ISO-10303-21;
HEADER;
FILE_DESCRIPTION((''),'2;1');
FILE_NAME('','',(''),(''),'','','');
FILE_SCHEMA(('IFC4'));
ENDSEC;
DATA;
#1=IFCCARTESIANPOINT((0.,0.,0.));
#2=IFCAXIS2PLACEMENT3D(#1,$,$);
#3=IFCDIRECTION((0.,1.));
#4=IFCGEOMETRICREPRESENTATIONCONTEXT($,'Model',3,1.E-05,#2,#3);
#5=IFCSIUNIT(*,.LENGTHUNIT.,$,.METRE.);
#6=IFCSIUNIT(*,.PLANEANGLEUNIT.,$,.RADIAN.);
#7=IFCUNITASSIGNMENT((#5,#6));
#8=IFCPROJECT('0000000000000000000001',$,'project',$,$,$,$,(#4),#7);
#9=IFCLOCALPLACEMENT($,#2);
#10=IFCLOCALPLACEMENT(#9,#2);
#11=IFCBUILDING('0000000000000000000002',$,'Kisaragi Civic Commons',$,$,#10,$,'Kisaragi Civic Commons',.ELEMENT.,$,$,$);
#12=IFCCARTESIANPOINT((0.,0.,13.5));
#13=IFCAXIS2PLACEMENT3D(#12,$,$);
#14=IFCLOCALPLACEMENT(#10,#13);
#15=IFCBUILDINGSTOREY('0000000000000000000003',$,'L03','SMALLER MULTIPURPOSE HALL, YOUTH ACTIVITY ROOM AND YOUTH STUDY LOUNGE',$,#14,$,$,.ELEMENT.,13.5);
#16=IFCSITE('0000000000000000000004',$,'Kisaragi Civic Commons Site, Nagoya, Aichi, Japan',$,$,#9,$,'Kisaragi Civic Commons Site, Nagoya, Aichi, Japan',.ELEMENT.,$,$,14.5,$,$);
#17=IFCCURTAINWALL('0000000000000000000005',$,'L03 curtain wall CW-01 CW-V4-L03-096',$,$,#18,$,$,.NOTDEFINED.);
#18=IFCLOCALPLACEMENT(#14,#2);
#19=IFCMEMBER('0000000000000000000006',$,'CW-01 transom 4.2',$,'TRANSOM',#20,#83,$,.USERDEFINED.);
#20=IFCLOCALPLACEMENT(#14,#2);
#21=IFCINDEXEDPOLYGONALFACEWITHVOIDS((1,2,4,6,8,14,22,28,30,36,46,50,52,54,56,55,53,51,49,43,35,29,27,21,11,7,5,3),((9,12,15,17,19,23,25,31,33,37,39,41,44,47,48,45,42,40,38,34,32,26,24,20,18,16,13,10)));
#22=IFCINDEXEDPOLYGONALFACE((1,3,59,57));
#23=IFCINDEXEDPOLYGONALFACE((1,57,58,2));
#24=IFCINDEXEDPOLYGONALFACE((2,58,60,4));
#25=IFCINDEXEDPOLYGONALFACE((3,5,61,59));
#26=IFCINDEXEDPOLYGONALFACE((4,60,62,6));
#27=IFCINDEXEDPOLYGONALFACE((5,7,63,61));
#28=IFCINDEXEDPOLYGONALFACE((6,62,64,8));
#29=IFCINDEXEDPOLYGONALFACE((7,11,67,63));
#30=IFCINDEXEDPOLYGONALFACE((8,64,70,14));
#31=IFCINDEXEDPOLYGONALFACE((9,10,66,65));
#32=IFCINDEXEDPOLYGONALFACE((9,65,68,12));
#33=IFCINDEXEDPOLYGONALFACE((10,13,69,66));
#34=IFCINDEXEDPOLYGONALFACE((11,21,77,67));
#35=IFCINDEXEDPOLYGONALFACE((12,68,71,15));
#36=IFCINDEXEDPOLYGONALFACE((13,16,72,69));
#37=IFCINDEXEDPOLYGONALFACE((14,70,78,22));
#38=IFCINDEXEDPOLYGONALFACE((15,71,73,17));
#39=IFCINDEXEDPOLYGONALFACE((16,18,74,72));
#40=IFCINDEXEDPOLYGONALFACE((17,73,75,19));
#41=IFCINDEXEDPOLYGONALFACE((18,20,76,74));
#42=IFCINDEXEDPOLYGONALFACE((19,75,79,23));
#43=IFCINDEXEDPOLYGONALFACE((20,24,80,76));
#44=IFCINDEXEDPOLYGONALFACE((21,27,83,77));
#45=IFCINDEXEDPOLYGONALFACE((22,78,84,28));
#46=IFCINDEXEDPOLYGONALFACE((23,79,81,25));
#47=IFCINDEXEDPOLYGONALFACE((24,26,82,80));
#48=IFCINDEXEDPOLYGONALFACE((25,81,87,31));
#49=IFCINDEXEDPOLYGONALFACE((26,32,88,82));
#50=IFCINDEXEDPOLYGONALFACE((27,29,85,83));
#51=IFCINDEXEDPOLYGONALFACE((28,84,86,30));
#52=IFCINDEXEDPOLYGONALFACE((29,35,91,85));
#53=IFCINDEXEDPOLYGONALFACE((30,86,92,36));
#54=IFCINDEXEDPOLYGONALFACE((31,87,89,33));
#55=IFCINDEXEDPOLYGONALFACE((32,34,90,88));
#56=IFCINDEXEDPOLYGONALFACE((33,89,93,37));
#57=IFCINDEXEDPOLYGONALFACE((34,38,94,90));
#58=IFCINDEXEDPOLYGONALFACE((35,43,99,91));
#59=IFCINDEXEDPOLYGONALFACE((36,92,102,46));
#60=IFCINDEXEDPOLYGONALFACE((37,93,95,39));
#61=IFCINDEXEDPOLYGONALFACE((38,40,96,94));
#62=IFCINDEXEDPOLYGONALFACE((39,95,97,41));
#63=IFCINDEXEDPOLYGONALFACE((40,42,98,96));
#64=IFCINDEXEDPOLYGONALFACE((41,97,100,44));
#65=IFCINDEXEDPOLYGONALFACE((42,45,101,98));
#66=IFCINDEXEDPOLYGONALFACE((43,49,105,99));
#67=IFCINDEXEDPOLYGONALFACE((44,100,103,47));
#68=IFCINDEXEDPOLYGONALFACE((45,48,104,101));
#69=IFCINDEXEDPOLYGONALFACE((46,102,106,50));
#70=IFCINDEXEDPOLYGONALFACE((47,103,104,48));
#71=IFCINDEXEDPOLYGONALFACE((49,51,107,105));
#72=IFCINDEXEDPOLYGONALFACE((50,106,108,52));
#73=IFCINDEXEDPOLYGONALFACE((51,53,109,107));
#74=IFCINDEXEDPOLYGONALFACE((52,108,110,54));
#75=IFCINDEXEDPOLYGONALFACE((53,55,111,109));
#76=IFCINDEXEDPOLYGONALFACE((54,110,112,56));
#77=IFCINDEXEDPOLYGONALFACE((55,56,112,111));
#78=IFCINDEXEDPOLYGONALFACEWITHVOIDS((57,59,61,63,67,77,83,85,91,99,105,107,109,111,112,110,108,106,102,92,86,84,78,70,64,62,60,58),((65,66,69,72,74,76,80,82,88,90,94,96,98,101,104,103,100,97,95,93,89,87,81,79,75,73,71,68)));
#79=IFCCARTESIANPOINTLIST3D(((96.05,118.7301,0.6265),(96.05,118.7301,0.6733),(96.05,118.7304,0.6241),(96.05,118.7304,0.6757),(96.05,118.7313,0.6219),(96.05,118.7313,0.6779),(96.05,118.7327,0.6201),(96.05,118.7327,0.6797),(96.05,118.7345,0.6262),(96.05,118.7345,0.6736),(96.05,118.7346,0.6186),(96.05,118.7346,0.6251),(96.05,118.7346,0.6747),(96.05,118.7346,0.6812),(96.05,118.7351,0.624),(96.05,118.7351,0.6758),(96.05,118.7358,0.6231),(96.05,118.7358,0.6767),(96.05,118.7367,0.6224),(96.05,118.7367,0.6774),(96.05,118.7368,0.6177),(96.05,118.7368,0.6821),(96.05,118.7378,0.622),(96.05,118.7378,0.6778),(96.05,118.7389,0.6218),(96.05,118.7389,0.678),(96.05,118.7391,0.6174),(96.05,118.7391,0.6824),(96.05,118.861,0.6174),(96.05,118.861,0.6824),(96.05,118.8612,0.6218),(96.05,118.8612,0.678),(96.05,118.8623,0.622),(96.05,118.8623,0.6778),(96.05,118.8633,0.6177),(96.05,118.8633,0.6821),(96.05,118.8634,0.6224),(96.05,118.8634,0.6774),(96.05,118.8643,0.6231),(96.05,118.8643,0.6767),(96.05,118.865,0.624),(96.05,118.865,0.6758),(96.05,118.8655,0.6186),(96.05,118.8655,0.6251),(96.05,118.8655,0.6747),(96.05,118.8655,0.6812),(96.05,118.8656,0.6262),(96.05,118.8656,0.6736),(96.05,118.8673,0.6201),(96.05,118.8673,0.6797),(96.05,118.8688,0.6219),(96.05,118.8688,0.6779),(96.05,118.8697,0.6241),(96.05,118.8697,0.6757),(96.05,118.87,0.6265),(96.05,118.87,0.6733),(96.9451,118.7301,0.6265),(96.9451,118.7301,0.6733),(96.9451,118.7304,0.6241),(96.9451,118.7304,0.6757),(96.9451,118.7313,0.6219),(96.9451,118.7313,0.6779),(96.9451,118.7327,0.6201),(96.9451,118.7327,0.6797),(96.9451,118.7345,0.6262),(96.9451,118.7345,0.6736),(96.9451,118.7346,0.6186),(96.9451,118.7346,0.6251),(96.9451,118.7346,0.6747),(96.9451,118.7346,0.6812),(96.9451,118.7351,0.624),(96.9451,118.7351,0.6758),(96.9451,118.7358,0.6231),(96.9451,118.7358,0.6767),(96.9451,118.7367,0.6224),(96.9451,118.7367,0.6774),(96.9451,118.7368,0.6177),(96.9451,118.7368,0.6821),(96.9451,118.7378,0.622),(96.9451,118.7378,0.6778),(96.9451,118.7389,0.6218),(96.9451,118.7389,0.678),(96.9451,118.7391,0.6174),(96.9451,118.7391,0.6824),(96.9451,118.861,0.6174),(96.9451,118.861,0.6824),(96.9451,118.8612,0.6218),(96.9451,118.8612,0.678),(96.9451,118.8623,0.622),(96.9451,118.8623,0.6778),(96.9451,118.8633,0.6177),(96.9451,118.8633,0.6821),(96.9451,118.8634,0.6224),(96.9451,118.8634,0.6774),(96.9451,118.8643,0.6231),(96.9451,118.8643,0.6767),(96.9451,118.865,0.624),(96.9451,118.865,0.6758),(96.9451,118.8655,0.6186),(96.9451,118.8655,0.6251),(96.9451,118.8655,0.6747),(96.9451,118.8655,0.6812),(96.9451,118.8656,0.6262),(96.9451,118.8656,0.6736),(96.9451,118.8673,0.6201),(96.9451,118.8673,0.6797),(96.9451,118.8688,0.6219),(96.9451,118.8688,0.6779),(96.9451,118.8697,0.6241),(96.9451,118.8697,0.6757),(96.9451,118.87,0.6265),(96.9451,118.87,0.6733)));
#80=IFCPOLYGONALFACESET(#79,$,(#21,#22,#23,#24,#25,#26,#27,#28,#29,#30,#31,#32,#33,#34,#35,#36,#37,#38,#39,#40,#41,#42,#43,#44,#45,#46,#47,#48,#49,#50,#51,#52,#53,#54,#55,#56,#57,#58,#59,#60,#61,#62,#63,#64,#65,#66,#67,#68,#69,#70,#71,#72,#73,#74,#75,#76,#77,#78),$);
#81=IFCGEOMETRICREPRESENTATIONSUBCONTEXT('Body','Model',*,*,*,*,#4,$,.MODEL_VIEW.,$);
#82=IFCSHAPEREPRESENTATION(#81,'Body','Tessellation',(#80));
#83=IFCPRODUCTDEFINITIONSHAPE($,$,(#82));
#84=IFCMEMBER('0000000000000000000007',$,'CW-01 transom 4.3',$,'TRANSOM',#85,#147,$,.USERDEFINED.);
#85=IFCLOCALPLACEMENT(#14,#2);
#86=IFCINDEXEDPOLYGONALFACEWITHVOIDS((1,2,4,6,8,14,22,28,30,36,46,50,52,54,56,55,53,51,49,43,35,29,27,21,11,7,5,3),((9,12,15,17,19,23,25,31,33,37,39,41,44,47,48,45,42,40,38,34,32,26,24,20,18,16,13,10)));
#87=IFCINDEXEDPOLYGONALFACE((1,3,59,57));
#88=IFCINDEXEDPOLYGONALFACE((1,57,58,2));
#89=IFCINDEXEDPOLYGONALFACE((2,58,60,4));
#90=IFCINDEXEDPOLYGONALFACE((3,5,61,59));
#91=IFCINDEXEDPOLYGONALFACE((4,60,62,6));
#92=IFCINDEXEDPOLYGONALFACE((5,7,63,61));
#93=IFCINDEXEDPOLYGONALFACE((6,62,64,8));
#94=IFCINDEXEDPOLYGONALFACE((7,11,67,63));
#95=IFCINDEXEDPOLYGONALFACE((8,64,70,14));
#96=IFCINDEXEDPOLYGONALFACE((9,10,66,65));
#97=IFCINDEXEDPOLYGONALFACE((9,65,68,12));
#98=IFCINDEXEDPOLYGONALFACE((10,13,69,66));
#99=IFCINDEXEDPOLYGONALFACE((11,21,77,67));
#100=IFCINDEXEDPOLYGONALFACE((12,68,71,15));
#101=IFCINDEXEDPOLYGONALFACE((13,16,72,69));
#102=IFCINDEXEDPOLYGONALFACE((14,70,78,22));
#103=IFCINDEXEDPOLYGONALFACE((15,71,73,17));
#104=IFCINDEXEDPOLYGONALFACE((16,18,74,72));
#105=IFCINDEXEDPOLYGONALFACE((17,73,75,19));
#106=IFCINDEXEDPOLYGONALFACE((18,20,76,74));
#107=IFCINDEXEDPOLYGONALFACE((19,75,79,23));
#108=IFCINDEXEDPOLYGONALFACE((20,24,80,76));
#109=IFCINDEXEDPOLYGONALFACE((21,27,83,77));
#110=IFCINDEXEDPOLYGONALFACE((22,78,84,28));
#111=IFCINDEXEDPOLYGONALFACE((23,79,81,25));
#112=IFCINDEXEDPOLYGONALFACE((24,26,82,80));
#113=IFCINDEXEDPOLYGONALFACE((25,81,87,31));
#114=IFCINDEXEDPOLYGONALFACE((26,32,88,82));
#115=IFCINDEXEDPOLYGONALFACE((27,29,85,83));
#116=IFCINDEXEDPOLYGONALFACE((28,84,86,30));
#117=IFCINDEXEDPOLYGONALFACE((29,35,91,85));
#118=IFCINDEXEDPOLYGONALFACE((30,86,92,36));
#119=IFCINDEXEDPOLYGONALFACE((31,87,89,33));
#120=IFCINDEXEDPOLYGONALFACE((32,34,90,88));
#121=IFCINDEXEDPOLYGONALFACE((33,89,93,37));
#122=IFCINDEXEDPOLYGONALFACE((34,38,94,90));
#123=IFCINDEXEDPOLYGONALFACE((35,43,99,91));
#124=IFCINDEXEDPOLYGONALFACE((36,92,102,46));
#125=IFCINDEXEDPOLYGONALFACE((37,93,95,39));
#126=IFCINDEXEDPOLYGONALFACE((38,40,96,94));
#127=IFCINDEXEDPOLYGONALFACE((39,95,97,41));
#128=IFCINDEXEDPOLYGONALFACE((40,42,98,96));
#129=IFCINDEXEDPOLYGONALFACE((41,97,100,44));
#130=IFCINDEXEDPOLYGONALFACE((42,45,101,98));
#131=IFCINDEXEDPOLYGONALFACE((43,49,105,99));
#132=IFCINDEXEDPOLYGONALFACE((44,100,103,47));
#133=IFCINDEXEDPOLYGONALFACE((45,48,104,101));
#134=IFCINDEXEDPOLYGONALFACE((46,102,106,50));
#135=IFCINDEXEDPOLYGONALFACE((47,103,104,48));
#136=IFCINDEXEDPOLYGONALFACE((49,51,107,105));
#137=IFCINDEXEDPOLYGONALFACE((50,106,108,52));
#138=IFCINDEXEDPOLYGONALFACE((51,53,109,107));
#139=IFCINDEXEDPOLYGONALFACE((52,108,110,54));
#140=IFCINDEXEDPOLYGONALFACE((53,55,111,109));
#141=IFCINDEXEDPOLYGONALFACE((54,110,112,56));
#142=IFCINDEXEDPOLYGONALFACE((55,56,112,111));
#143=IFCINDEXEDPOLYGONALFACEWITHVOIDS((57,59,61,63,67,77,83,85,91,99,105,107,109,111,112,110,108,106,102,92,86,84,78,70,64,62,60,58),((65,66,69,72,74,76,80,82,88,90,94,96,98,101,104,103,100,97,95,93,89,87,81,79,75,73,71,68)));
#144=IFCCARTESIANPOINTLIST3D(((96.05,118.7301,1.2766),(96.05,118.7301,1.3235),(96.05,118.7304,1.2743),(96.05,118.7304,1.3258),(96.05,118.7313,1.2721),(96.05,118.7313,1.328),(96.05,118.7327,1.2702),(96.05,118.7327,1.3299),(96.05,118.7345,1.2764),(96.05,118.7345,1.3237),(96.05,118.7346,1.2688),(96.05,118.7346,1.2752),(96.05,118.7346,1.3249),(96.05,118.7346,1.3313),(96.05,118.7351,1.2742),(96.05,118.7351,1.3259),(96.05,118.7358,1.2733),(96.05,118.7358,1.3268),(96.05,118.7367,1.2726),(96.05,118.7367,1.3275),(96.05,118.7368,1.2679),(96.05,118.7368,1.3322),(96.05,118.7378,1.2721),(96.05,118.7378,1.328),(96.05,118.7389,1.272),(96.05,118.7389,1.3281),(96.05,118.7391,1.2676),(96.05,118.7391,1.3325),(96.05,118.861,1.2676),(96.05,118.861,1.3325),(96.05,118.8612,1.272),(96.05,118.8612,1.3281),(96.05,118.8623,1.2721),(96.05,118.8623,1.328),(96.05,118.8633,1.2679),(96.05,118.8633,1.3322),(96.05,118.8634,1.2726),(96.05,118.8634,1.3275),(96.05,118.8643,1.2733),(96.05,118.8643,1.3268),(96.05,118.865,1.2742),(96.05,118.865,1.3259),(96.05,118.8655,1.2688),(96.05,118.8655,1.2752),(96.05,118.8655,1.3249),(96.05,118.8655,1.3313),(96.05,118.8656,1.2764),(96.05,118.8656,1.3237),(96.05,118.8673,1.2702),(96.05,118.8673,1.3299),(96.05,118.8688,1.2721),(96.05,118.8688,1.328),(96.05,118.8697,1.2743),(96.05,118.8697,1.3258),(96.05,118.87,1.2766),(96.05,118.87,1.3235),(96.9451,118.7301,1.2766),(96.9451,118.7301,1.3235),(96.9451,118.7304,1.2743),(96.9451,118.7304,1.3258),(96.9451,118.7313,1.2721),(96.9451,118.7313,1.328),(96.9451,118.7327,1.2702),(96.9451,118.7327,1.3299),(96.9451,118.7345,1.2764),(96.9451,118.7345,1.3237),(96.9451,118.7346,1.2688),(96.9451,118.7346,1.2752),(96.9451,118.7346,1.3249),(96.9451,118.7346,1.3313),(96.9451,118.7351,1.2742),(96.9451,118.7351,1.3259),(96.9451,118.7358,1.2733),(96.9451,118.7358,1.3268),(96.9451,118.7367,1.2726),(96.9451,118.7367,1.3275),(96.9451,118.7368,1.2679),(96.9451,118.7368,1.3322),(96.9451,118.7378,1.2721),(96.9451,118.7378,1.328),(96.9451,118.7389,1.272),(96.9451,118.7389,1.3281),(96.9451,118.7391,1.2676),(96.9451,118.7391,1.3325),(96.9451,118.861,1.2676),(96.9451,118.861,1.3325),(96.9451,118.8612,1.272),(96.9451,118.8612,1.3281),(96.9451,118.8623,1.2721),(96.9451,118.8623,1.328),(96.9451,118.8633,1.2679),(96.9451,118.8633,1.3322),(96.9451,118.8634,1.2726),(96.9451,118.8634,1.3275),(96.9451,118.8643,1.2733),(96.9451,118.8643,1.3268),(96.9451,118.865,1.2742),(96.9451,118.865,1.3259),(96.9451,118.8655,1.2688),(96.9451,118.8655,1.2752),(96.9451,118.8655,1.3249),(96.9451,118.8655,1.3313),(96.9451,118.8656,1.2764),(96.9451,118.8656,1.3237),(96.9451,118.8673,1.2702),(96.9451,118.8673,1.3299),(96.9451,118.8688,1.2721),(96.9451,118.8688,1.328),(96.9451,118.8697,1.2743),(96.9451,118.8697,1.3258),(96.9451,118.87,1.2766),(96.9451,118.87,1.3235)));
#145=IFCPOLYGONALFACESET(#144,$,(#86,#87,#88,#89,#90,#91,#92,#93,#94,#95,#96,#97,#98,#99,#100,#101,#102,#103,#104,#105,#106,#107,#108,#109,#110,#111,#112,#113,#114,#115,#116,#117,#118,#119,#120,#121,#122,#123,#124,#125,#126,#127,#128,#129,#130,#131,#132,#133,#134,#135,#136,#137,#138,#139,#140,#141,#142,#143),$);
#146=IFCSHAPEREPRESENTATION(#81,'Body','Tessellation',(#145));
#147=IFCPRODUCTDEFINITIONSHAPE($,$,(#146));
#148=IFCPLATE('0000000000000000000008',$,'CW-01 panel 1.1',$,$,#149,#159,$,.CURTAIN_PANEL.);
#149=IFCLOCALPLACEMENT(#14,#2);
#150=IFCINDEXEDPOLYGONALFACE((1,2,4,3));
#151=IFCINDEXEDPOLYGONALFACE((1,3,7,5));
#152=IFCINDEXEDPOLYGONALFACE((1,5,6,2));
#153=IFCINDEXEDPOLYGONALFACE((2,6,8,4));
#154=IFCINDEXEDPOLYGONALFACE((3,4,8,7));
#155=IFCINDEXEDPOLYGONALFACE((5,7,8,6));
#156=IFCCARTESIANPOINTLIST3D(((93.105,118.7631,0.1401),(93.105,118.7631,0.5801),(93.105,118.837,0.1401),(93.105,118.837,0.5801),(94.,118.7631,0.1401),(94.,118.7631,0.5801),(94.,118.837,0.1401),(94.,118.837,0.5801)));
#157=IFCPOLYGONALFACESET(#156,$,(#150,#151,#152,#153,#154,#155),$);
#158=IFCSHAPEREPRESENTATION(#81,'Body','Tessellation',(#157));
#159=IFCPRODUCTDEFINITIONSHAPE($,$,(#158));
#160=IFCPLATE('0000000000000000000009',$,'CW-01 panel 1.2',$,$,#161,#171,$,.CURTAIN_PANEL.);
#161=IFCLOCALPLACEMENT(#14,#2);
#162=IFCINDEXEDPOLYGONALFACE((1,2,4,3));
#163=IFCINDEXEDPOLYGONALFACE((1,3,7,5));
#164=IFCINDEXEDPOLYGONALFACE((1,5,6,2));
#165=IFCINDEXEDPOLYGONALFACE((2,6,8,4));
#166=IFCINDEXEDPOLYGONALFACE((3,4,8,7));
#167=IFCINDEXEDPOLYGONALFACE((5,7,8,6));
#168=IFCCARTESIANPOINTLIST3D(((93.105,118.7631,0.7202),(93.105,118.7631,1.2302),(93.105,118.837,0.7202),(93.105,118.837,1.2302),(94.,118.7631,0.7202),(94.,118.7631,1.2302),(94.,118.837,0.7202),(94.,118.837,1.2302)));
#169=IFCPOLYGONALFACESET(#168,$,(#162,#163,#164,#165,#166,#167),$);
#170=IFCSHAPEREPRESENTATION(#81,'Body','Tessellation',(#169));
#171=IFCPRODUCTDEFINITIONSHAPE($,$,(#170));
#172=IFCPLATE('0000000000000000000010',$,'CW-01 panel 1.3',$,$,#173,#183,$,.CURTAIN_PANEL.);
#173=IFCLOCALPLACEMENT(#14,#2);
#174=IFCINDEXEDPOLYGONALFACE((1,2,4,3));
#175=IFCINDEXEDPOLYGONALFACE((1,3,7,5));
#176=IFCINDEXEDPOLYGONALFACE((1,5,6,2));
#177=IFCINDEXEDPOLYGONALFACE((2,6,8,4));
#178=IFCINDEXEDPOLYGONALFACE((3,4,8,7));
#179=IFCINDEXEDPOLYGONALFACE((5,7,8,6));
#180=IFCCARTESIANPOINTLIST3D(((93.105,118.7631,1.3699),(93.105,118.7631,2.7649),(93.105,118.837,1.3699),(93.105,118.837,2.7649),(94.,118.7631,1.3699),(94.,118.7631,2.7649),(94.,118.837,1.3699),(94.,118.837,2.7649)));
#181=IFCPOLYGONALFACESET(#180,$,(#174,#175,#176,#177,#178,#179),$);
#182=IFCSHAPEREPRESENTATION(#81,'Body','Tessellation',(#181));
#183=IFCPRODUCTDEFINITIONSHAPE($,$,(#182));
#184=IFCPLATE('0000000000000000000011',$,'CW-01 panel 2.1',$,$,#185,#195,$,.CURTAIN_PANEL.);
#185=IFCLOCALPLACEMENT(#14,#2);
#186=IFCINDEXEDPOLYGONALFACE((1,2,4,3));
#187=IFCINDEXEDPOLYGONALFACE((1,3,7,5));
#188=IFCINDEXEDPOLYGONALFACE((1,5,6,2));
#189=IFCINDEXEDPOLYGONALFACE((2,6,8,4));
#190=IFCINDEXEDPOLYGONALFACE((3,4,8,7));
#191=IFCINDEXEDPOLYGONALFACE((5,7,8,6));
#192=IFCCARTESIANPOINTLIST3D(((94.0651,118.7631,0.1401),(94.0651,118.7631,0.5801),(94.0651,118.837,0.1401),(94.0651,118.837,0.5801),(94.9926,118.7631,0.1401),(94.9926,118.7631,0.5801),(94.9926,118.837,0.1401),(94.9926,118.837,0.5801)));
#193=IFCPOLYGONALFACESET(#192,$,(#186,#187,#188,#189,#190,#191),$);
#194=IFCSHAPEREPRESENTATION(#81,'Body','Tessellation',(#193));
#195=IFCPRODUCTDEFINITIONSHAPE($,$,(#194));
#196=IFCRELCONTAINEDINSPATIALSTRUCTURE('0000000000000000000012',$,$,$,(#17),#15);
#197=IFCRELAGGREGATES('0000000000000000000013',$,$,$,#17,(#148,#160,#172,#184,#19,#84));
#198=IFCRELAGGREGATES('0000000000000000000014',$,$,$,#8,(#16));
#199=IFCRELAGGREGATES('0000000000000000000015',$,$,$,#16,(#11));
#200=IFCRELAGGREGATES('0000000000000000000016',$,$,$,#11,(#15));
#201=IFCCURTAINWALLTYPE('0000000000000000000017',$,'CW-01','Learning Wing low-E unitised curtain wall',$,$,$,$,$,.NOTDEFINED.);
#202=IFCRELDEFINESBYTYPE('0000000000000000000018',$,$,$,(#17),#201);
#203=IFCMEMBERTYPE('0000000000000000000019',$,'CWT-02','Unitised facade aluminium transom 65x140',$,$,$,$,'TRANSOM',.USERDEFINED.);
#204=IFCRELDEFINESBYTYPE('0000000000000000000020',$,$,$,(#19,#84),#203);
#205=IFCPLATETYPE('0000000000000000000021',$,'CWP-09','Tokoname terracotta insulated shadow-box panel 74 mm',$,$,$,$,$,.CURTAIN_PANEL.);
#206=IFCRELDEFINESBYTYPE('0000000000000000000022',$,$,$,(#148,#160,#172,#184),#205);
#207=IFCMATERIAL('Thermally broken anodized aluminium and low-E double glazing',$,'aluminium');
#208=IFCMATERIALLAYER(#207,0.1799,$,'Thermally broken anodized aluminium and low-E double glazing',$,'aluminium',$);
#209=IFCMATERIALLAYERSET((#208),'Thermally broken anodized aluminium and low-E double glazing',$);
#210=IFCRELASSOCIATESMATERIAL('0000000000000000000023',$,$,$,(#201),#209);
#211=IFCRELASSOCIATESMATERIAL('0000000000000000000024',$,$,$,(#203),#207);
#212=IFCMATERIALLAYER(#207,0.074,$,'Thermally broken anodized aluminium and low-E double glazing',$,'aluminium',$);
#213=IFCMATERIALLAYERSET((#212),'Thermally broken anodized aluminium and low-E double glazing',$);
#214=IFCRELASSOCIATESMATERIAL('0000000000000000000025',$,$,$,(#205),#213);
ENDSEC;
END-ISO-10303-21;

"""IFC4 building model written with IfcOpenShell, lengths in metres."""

from ifc_helpers import new_model, si_unit, direction, frame, origin, origin_2d, place, context, subcontext, project, spatial, rectangle, hollow_rectangle, extrude, material, layer, layer_set, material_profile, profile_set, type_object, element, aggregate, save


model = new_model("IFC4")

# Units and contexts
model_context = context("Model", 3, precision=1e-05, world=origin(), true_north=direction((0.0, 1.0)))
body_context = subcontext(model_context, "Body", "Model", "MODEL_VIEW")
ifc_project = project(units=[si_unit("LENGTHUNIT", "METRE"), si_unit("PLANEANGLEUNIT", "RADIAN")], contexts=[model_context])

# Site, building, storey
site_placement = place(None, origin())
site = spatial("IfcSite", under=ifc_project, at=site_placement, Name="Kisaragi Civic Commons Site, Nagoya, Aichi, Japan", LongName="Kisaragi Civic Commons Site, Nagoya, Aichi, Japan", CompositionType="ELEMENT", RefElevation=14.5)
building_placement = place(site_placement, origin())
building = spatial("IfcBuilding", under=site, at=building_placement, Name="Kisaragi Civic Commons", LongName="Kisaragi Civic Commons", CompositionType="ELEMENT")
storey_placement = place(building_placement, frame((0.0, 0.0, 13.5)))
storey = spatial("IfcBuildingStorey", under=building, at=storey_placement, Name="L03", Description="SMALLER MULTIPURPOSE HALL, YOUTH ACTIVITY ROOM AND YOUTH STUDY LOUNGE", CompositionType="ELEMENT", Elevation=13.5)

# Curtain wall, members, plates
ifc_material = material(Name="Thermally broken anodized aluminium and low-E double glazing", Category="aluminium")
ifc_layer_1 = layer(ifc_material, 0.1799, Name="Thermally broken anodized aluminium and low-E double glazing", Category="aluminium")
ifc_layer_set_1 = layer_set([ifc_layer_1], Name="Thermally broken anodized aluminium and low-E double glazing")
curtain_wall_type = type_object("IfcCurtainWallType", Name="CW-01", Description="Learning Wing low-E unitised curtain wall", PredefinedType="NOTDEFINED", material=ifc_layer_set_1)
curtain_wall_placement = place(storey_placement, origin())
curtain_wall = element("IfcCurtainWall", 1, at=curtain_wall_placement, inside=storey, type_object=curtain_wall_type, Name="L03 curtain wall CW-01 CW-V4-L03-096", PredefinedType="NOTDEFINED")
ifc_material_profile_1 = material_profile(ifc_material, hollow_rectangle(XDim=0.1399, YDim=0.0649, WallThickness=0.0044, InnerFilletRadius=0.0044, OuterFilletRadius=0.009, at=origin_2d()), Name="CWT-65x140x4.5", Category="aluminium")
ifc_profile_set_1 = profile_set([ifc_material_profile_1], Name="Thermally broken anodized aluminium and low-E double glazing")
member_type_1 = type_object("IfcMemberType", Name="CWT-02", Description="Unitised facade aluminium transom 65x140", ElementType="TRANSOM", PredefinedType="USERDEFINED", material=ifc_profile_set_1)
member_1_placement = place(storey_placement, frame((96.05, 118.8, 0.6499), z_axis=(1.0, 0.0, 0.0), x_axis=(0.0, 1.0, 0.0)))
member_1 = element("IfcMember", 2, at=member_1_placement, type_object=member_type_1, Name="CW-01 transom 4.2", ObjectType="TRANSOM", PredefinedType="USERDEFINED", context=body_context, shape_type="SweptSolid", body=[
    extrude(hollow_rectangle(XDim=0.1399, YDim=0.0649, WallThickness=0.0044, InnerFilletRadius=0.0044, OuterFilletRadius=0.009, at=origin_2d()), origin(), (0.0, 0.0, 1.0), 0.895),
])
member_2_placement = place(storey_placement, frame((96.05, 118.8, 1.3), z_axis=(1.0, 0.0, 0.0), x_axis=(0.0, 1.0, 0.0)))
member_2 = element("IfcMember", 3, at=member_2_placement, type_object=member_type_1, Name="CW-01 transom 4.3", ObjectType="TRANSOM", PredefinedType="USERDEFINED", context=body_context, shape_type="SweptSolid", body=[
    extrude(hollow_rectangle(XDim=0.1399, YDim=0.0649, WallThickness=0.0044, InnerFilletRadius=0.0044, OuterFilletRadius=0.009, at=origin_2d()), origin(), (0.0, 0.0, 1.0), 0.895),
])
ifc_layer_2 = layer(ifc_material, 0.074, Name="Thermally broken anodized aluminium and low-E double glazing", Category="aluminium")
ifc_layer_set_2 = layer_set([ifc_layer_2], Name="Thermally broken anodized aluminium and low-E double glazing")
plate_type = type_object("IfcPlateType", Name="CWP-09", Description="Tokoname terracotta insulated shadow-box panel 74 mm", PredefinedType="CURTAIN_PANEL", material=ifc_layer_set_2)
plate_1_placement = place(storey_placement, frame((93.5525, 118.8, 0.1401), z_axis=(0.0, 0.0, 1.0), x_axis=(1.0, 0.0, 0.0)))
plate_1 = element("IfcPlate", 4, at=plate_1_placement, type_object=plate_type, Name="CW-01 panel 1.1", PredefinedType="CURTAIN_PANEL", context=body_context, shape_type="SweptSolid", body=[
    extrude(rectangle(XDim=0.895, YDim=0.074, at=origin_2d()), origin(), (0.0, 0.0, 1.0), 0.4399),
])
plate_2_placement = place(storey_placement, frame((93.5525, 118.8, 0.7202), z_axis=(0.0, 0.0, 1.0), x_axis=(1.0, 0.0, 0.0)))
plate_2 = element("IfcPlate", 5, at=plate_2_placement, type_object=plate_type, Name="CW-01 panel 1.2", PredefinedType="CURTAIN_PANEL", context=body_context, shape_type="SweptSolid", body=[
    extrude(rectangle(XDim=0.895, YDim=0.074, at=origin_2d()), origin(), (0.0, 0.0, 1.0), 0.51),
])
plate_3_placement = place(storey_placement, frame((93.5525, 118.8, 1.3699), z_axis=(0.0, 0.0, 1.0), x_axis=(1.0, 0.0, 0.0)))
plate_3 = element("IfcPlate", 6, at=plate_3_placement, type_object=plate_type, Name="CW-01 panel 1.3", PredefinedType="CURTAIN_PANEL", context=body_context, shape_type="SweptSolid", body=[
    extrude(rectangle(XDim=0.895, YDim=0.074, at=origin_2d()), origin(), (0.0, 0.0, 1.0), 1.395),
])
plate_4_placement = place(storey_placement, frame((94.5288, 118.8, 0.1401), z_axis=(0.0, 0.0, 1.0), x_axis=(1.0, 0.0, 0.0)))
plate_4 = element("IfcPlate", 7, at=plate_4_placement, type_object=plate_type, Name="CW-01 panel 2.1", PredefinedType="CURTAIN_PANEL", context=body_context, shape_type="SweptSolid", body=[
    extrude(rectangle(XDim=0.9275, YDim=0.074, at=origin_2d()), origin(), (0.0, 0.0, 1.0), 0.4399),
])
aggregate(curtain_wall, [plate_1, plate_2, plate_3, plate_4, member_1, member_2])

save(model, "model.ifc")
